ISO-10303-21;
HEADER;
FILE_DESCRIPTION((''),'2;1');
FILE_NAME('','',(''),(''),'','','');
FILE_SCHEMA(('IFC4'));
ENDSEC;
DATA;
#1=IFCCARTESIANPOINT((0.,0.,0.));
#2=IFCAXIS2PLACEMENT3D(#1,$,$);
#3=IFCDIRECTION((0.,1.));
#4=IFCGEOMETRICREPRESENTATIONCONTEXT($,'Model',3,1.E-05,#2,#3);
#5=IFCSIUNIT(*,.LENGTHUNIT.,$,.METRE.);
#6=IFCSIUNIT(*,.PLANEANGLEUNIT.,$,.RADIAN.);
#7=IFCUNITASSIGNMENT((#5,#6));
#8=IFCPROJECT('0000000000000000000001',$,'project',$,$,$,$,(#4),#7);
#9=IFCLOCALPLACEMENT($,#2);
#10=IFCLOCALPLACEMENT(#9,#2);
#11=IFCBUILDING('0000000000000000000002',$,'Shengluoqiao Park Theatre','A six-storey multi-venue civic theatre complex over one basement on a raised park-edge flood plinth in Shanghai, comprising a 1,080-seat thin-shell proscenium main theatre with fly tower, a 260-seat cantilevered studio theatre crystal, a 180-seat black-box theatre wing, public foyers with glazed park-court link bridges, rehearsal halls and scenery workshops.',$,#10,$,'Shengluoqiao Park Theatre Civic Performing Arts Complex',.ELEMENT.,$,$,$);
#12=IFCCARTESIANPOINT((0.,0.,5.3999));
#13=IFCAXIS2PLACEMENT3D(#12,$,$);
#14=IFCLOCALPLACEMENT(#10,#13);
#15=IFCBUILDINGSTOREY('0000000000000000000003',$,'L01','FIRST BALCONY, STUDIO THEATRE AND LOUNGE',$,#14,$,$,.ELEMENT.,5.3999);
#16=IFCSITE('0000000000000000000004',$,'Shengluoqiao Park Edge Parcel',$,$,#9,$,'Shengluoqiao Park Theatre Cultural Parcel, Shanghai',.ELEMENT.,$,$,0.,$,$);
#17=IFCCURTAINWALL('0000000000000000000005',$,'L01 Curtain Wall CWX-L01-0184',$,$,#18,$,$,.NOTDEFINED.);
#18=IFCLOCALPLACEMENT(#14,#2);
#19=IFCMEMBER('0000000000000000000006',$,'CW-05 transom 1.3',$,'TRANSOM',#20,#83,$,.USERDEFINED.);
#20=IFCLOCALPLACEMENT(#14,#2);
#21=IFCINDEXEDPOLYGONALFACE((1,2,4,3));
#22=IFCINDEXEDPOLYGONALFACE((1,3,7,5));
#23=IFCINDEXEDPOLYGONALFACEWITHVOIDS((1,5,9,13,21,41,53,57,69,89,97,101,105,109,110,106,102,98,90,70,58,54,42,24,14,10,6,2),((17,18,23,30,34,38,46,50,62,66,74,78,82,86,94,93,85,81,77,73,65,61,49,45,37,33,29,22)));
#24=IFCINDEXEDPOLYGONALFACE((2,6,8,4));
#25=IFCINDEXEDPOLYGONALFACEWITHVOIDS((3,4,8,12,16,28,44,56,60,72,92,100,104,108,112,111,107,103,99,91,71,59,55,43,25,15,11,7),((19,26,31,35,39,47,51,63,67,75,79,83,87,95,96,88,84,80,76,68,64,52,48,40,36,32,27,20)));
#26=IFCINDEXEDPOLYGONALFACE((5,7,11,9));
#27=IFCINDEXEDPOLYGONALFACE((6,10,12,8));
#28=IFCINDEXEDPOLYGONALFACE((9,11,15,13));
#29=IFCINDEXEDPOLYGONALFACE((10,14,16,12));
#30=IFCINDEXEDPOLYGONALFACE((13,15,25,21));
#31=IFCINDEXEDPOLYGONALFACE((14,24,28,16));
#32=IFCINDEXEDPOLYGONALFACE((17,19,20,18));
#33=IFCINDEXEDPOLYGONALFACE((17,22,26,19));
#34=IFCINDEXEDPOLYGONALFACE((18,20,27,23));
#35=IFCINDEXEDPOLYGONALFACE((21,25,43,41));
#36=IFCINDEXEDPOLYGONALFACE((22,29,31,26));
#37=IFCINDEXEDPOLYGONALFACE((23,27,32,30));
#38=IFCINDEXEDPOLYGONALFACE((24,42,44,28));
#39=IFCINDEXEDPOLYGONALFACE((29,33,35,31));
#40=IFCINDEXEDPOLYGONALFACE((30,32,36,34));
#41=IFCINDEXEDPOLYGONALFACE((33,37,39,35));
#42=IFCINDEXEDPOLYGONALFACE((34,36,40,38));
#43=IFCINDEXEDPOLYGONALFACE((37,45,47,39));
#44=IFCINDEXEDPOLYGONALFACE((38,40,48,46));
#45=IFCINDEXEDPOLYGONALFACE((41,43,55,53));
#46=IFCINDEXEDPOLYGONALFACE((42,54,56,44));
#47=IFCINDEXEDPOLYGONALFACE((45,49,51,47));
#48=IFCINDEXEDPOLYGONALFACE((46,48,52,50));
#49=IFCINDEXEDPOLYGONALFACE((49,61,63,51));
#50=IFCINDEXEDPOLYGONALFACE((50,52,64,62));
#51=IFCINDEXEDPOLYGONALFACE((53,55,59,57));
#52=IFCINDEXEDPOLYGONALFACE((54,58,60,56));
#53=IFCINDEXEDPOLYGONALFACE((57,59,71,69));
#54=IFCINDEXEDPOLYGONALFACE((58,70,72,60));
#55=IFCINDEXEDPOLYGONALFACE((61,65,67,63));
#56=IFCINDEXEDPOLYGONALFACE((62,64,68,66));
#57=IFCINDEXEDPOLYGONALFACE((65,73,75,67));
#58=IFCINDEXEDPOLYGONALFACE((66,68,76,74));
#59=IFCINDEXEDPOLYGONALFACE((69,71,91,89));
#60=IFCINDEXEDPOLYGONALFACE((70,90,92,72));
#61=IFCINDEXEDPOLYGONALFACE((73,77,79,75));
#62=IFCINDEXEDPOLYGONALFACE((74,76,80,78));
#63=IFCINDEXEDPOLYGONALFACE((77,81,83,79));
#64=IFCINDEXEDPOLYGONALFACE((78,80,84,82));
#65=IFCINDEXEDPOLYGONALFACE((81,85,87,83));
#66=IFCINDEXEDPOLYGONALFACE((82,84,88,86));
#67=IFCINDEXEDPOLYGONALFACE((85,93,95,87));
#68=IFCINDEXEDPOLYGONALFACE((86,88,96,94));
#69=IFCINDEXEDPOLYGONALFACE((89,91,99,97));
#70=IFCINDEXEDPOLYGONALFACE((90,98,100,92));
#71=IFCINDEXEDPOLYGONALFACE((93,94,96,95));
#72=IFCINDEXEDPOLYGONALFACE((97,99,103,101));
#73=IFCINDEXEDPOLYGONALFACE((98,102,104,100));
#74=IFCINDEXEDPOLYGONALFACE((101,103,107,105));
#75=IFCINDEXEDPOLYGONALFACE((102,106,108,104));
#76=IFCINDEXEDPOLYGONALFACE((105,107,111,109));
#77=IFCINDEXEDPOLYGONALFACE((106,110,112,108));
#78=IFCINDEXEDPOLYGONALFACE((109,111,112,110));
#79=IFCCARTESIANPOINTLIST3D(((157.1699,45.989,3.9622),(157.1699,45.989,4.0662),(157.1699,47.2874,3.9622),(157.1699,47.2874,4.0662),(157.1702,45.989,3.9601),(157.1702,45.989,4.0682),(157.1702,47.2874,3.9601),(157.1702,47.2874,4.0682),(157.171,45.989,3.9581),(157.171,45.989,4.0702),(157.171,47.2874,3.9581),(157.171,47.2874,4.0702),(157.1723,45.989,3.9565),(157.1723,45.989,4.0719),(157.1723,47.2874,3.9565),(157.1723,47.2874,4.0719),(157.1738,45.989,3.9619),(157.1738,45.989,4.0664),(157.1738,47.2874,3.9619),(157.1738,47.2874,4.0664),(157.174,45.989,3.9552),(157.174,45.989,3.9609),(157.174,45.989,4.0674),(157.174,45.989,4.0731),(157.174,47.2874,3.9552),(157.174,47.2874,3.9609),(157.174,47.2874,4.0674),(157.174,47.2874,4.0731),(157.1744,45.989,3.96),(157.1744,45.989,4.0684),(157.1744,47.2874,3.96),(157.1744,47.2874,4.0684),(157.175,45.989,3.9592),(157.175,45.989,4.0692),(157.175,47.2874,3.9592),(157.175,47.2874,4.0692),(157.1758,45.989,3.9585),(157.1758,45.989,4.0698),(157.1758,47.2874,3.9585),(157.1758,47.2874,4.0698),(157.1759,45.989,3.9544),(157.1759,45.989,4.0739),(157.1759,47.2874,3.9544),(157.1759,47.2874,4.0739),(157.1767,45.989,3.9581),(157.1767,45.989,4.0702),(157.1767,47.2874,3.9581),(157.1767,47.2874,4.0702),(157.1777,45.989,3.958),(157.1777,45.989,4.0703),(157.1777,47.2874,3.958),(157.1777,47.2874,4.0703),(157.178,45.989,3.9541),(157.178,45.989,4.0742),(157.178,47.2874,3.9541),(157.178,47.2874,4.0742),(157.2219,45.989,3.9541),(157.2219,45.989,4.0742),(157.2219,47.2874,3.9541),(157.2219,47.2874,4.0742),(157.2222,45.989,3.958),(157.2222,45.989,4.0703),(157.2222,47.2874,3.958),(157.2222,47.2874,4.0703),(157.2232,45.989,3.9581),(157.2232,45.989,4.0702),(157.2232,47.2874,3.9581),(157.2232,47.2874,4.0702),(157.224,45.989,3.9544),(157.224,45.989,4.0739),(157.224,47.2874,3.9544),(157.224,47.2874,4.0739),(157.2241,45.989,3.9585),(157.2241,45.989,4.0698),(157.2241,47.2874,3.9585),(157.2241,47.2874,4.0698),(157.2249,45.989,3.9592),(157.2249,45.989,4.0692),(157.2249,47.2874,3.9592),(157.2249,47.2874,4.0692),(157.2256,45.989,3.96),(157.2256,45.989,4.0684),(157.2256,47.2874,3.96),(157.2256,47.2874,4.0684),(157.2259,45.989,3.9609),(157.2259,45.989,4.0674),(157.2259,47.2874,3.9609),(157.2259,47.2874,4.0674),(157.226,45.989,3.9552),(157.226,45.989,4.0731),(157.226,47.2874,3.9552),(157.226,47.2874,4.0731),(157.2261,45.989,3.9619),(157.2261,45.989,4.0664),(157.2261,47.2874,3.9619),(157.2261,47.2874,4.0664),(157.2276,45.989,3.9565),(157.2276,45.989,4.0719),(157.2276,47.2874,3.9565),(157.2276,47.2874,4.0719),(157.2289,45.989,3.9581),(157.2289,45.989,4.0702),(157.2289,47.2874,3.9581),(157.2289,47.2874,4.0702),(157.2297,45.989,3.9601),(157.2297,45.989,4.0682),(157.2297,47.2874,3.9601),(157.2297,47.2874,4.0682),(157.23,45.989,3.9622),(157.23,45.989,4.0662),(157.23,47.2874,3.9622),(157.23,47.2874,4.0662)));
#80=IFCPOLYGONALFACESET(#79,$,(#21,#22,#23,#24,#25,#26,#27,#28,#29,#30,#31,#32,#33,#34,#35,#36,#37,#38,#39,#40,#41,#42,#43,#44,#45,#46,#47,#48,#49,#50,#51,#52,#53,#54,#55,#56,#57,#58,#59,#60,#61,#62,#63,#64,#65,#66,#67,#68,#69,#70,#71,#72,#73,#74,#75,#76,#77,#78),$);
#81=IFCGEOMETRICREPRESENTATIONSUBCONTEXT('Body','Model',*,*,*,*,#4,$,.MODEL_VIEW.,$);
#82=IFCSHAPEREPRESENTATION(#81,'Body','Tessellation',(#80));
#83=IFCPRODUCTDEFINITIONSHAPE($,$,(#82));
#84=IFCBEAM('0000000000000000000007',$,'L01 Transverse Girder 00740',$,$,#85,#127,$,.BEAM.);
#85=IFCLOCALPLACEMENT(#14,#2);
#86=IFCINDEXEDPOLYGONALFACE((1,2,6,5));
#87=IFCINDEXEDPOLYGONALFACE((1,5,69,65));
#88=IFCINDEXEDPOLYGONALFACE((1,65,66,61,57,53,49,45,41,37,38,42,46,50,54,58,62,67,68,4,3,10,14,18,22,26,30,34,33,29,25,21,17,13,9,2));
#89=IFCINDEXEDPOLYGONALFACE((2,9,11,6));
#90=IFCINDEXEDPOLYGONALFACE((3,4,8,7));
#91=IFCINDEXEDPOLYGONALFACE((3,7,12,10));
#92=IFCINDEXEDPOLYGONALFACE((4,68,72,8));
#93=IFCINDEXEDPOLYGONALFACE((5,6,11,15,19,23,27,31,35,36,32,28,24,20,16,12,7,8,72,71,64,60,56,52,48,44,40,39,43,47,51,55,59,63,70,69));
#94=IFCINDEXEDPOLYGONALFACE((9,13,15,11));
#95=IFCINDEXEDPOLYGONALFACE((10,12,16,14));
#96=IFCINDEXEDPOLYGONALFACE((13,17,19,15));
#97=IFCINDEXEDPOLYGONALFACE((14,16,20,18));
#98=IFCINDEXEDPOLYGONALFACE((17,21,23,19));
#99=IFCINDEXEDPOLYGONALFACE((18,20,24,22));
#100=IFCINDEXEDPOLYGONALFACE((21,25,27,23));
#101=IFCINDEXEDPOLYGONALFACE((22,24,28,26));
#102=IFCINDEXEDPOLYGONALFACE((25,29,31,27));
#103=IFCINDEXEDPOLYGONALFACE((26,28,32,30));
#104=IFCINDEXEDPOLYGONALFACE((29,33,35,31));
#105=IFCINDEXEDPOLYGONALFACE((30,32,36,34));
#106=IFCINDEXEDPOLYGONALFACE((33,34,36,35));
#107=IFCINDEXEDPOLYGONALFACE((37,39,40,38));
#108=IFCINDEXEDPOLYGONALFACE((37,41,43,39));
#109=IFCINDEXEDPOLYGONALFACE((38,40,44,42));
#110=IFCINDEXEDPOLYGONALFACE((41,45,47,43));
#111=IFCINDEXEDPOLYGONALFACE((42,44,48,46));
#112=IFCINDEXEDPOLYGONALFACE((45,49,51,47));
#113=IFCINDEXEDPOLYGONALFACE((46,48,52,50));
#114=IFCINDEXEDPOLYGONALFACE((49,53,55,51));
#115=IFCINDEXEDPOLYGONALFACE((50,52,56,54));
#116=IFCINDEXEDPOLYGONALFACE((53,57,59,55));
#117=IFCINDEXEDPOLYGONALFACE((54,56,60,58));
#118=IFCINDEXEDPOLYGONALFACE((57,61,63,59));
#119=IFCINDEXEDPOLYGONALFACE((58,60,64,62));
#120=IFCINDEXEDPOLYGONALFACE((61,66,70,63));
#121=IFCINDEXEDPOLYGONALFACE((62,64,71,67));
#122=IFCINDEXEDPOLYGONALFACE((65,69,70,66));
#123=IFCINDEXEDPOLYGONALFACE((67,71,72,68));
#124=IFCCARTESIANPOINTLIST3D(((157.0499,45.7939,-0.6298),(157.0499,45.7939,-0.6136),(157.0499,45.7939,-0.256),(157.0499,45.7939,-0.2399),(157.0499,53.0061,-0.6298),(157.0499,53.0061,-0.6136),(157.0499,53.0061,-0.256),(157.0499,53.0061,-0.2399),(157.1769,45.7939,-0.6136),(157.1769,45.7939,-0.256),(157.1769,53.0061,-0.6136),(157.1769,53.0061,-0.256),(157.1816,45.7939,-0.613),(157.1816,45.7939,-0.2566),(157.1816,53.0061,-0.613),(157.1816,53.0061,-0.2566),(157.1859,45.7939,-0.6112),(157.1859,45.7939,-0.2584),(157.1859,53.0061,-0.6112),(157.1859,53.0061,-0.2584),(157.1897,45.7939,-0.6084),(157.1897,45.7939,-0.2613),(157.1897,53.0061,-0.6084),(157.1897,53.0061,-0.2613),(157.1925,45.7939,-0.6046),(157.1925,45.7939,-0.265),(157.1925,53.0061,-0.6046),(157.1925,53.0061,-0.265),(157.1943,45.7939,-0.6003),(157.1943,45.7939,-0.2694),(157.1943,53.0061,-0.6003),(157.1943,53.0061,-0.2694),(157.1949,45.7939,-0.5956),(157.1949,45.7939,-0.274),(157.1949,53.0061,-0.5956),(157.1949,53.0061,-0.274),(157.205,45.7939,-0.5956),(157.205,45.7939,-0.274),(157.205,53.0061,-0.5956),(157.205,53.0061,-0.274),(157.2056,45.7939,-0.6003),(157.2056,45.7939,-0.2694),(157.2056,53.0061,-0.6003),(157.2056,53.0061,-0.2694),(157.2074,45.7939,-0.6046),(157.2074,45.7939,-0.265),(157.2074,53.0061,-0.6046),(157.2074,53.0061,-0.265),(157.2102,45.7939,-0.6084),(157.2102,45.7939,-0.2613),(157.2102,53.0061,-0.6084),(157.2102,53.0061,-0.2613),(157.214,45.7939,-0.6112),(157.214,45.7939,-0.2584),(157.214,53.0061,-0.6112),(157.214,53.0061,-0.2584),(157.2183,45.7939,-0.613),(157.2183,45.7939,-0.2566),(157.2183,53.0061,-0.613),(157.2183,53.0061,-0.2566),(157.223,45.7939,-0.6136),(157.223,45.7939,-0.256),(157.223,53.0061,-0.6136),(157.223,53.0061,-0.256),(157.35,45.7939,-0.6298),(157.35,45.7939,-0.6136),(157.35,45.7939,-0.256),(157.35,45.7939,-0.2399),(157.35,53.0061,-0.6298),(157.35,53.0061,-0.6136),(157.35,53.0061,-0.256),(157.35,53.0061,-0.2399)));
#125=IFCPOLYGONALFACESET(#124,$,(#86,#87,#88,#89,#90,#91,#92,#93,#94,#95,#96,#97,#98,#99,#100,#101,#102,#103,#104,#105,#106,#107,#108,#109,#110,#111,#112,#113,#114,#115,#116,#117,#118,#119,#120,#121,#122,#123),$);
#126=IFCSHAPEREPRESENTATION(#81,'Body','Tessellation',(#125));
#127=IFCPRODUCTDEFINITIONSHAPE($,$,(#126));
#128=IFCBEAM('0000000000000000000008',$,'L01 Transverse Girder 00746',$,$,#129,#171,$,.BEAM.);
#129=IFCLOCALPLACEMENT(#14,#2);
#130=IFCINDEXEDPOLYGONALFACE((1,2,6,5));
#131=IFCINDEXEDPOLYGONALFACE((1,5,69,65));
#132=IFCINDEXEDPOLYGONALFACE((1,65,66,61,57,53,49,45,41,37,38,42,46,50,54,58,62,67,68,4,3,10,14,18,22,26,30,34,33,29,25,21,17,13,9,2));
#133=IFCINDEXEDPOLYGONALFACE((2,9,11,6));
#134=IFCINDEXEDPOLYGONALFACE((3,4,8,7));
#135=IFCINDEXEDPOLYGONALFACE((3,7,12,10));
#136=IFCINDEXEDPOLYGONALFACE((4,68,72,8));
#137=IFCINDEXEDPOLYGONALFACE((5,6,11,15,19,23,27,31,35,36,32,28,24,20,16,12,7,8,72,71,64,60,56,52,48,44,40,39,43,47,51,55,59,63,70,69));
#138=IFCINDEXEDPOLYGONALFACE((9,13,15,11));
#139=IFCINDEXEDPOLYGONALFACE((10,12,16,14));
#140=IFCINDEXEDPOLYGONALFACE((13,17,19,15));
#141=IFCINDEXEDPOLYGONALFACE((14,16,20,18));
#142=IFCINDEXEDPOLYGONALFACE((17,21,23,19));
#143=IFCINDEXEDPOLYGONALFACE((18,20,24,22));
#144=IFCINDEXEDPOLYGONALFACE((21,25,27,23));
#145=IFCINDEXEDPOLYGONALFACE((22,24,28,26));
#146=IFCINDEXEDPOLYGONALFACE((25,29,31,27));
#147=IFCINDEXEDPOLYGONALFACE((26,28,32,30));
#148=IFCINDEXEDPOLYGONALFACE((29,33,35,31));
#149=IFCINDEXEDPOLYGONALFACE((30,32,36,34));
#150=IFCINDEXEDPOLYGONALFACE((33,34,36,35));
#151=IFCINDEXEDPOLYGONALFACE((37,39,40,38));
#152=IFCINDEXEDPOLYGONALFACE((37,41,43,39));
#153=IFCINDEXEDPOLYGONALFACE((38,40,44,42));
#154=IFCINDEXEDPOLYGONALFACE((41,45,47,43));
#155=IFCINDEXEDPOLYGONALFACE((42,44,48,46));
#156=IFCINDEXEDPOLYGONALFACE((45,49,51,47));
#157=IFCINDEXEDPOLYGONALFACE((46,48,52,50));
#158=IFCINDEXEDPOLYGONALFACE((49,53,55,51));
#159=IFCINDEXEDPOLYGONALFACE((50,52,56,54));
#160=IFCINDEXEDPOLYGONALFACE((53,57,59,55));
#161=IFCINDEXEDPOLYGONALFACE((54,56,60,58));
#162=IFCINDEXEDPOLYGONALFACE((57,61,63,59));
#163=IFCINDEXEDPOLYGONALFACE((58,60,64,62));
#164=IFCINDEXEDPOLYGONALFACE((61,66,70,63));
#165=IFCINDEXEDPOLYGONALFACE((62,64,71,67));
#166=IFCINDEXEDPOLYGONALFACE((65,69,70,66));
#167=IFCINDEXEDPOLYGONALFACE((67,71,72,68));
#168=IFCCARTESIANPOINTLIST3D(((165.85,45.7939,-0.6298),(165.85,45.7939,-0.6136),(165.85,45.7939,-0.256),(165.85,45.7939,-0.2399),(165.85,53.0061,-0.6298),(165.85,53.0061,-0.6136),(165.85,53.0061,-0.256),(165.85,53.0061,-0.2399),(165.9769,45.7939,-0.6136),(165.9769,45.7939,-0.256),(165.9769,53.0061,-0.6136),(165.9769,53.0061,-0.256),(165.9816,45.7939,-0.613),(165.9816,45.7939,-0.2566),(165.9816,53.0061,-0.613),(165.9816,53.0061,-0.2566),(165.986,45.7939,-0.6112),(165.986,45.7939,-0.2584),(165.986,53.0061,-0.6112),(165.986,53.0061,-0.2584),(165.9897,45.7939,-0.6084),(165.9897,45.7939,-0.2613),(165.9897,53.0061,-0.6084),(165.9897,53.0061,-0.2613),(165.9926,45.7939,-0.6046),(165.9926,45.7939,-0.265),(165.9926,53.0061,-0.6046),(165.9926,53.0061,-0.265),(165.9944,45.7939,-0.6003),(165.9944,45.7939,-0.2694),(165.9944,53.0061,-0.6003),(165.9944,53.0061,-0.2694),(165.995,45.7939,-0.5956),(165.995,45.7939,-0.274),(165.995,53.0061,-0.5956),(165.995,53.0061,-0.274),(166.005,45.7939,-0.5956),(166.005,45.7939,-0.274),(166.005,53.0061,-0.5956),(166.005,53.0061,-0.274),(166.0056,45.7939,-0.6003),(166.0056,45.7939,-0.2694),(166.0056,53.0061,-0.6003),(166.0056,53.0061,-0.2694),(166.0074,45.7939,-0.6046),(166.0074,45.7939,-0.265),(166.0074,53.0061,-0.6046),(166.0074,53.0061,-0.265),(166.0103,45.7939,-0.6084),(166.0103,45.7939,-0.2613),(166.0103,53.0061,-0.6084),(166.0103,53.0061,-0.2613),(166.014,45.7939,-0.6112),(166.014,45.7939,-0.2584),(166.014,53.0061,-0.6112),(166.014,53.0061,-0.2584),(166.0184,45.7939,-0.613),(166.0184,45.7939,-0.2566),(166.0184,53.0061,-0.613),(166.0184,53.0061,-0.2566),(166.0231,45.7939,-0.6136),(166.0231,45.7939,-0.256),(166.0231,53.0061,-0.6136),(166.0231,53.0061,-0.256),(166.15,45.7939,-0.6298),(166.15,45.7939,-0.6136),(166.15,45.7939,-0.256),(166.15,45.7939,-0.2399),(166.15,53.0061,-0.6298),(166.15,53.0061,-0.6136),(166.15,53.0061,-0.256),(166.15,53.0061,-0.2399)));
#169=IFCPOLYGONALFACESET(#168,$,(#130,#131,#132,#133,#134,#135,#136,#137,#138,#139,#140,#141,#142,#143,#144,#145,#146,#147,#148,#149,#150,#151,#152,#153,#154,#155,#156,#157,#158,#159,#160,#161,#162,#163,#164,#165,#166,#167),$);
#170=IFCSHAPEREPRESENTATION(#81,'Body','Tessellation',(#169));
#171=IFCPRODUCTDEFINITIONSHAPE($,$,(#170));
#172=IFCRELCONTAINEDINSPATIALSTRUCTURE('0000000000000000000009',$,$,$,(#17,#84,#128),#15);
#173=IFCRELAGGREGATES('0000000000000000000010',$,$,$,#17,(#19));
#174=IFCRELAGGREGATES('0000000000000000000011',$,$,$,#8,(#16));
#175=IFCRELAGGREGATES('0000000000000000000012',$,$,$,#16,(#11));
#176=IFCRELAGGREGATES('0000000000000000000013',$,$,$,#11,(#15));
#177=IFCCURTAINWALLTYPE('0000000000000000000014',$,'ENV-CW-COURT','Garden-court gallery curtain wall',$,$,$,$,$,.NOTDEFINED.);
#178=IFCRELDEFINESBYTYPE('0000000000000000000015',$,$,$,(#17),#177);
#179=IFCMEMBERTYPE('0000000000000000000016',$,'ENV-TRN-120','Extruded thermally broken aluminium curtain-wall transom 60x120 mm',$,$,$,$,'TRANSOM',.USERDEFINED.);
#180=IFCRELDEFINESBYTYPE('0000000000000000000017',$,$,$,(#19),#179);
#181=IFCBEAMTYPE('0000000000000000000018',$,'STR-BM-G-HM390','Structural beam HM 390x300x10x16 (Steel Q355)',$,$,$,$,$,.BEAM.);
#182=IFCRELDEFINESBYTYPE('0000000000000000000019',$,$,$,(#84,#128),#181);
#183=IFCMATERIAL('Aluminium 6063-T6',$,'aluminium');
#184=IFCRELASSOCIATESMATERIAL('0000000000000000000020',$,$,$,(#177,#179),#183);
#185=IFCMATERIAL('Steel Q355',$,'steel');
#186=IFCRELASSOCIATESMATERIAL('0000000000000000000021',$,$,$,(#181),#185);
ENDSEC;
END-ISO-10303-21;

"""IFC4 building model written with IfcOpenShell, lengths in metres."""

from ifc_helpers import new_model, si_unit, direction, frame, origin, origin_2d, place, context, subcontext, project, spatial, hollow_rectangle, i_section, extrude, material, material_profile, profile_set, type_object, element, aggregate, save


model = new_model("IFC4")

# Units and contexts
model_context = context("Model", 3, precision=1e-05, world=origin(), true_north=direction((0.0, 1.0)))
body_context = subcontext(model_context, "Body", "Model", "MODEL_VIEW")
ifc_project = project(units=[si_unit("LENGTHUNIT", "METRE"), si_unit("PLANEANGLEUNIT", "RADIAN")], contexts=[model_context])

# Site, building, storey
site_placement = place(None, origin())
site = spatial("IfcSite", under=ifc_project, at=site_placement, Name="Shengluoqiao Park Edge Parcel", LongName="Shengluoqiao Park Theatre Cultural Parcel, Shanghai", CompositionType="ELEMENT", RefElevation=0.0)
building_placement = place(site_placement, origin())
building = spatial("IfcBuilding", under=site, at=building_placement, Name="Shengluoqiao Park Theatre", Description="A six-storey multi-venue civic theatre complex over one basement on a raised park-edge flood plinth in Shanghai, comprising a 1,080-seat thin-shell proscenium main theatre with fly tower, a 260-seat cantilevered studio theatre crystal, a 180-seat black-box theatre wing, public foyers with glazed park-court link bridges, rehearsal halls and scenery workshops.", LongName="Shengluoqiao Park Theatre Civic Performing Arts Complex", CompositionType="ELEMENT")
storey_placement = place(building_placement, frame((0.0, 0.0, 5.3999)))
storey = spatial("IfcBuildingStorey", under=building, at=storey_placement, Name="L01", Description="FIRST BALCONY, STUDIO THEATRE AND LOUNGE", CompositionType="ELEMENT", Elevation=5.3999)

# Shared definitions
ifc_material_1 = material(Name="Aluminium 6063-T6", Category="aluminium")
curtain_wall_type = type_object("IfcCurtainWallType", Name="ENV-CW-COURT", Description="Garden-court gallery curtain wall", PredefinedType="NOTDEFINED", material=ifc_material_1)

# Curtain wall
curtain_wall_1_placement = place(storey_placement, origin())
curtain_wall_1 = element("IfcCurtainWall", 1, at=curtain_wall_1_placement, inside=storey, type_object=curtain_wall_type, Name="L01 Curtain Wall CWX-L01-0184", PredefinedType="NOTDEFINED")

# Member
ifc_material_profile_1 = material_profile(ifc_material_1, hollow_rectangle(XDim=0.0601, YDim=0.1201, WallThickness=0.0039, InnerFilletRadius=0.0039, OuterFilletRadius=0.0081, at=origin_2d()), Name="ALU TRANSOM 120x60x4")
ifc_profile_set_1 = profile_set([ifc_material_profile_1], Name="Aluminium 6063-T6")
member_type_1 = type_object("IfcMemberType", Name="ENV-TRN-120", Description="Extruded thermally broken aluminium curtain-wall transom 60x120 mm", ElementType="TRANSOM", PredefinedType="USERDEFINED", material=ifc_profile_set_1)
member_1_placement = place(storey_placement, frame((157.2, 45.989, 4.0142), z_axis=(0.0, 1.0, 0.0), x_axis=(-1.0, 0.0, 0.0)))
member_1 = element("IfcMember", 2, at=member_1_placement, type_object=member_type_1, Name="CW-05 transom 1.3", ObjectType="TRANSOM", PredefinedType="USERDEFINED", context=body_context, shape_type="SweptSolid", body=[
    extrude(hollow_rectangle(XDim=0.0601, YDim=0.1201, WallThickness=0.0039, InnerFilletRadius=0.0039, OuterFilletRadius=0.0081, at=origin_2d()), origin(), (0.0, 0.0, 1.0), 1.2983),
])
aggregate(curtain_wall_1, [member_1])

# Beams
ifc_material_2 = material(Name="Steel Q355", Category="steel")
ifc_material_profile_2 = material_profile(ifc_material_2, i_section(OverallWidth=0.3, OverallDepth=0.3899, WebThickness=0.01, FlangeThickness=0.0161, FilletRadius=0.0181, at=origin_2d()), Name="HM 390x300x10x16")
ifc_profile_set_2 = profile_set([ifc_material_profile_2], Name="Steel Q355")
beam_type_1 = type_object("IfcBeamType", Name="STR-BM-G-HM390", Description="Structural beam HM 390x300x10x16 (Steel Q355)", PredefinedType="BEAM", material=ifc_profile_set_2)
for number, where, z_axis, x_axis, name in (
    (3, (157.2, 45.7939, -0.4348), (0.0, 1.0, 0.0), (-1.0, 0.0, 0.0), "L01 Transverse Girder 00740"),
    (4, (166.0, 45.7939, -0.4348), (0.0, 1.0, 0.0), (-1.0, 0.0, 0.0), "L01 Transverse Girder 00746"),
):
    element("IfcBeam", number, at=place(storey_placement, frame(where, z_axis=z_axis, x_axis=x_axis)), inside=storey, type_object=beam_type_1, Name=name, PredefinedType="BEAM", context=body_context, shape_type="SweptSolid", body=[
        extrude(i_section(OverallWidth=0.3, OverallDepth=0.3899, WebThickness=0.01, FlangeThickness=0.0161, FilletRadius=0.0181, at=origin_2d()), origin(), (0.0, 0.0, 1.0), 7.2122),
    ])

save(model, "model.ifc")
